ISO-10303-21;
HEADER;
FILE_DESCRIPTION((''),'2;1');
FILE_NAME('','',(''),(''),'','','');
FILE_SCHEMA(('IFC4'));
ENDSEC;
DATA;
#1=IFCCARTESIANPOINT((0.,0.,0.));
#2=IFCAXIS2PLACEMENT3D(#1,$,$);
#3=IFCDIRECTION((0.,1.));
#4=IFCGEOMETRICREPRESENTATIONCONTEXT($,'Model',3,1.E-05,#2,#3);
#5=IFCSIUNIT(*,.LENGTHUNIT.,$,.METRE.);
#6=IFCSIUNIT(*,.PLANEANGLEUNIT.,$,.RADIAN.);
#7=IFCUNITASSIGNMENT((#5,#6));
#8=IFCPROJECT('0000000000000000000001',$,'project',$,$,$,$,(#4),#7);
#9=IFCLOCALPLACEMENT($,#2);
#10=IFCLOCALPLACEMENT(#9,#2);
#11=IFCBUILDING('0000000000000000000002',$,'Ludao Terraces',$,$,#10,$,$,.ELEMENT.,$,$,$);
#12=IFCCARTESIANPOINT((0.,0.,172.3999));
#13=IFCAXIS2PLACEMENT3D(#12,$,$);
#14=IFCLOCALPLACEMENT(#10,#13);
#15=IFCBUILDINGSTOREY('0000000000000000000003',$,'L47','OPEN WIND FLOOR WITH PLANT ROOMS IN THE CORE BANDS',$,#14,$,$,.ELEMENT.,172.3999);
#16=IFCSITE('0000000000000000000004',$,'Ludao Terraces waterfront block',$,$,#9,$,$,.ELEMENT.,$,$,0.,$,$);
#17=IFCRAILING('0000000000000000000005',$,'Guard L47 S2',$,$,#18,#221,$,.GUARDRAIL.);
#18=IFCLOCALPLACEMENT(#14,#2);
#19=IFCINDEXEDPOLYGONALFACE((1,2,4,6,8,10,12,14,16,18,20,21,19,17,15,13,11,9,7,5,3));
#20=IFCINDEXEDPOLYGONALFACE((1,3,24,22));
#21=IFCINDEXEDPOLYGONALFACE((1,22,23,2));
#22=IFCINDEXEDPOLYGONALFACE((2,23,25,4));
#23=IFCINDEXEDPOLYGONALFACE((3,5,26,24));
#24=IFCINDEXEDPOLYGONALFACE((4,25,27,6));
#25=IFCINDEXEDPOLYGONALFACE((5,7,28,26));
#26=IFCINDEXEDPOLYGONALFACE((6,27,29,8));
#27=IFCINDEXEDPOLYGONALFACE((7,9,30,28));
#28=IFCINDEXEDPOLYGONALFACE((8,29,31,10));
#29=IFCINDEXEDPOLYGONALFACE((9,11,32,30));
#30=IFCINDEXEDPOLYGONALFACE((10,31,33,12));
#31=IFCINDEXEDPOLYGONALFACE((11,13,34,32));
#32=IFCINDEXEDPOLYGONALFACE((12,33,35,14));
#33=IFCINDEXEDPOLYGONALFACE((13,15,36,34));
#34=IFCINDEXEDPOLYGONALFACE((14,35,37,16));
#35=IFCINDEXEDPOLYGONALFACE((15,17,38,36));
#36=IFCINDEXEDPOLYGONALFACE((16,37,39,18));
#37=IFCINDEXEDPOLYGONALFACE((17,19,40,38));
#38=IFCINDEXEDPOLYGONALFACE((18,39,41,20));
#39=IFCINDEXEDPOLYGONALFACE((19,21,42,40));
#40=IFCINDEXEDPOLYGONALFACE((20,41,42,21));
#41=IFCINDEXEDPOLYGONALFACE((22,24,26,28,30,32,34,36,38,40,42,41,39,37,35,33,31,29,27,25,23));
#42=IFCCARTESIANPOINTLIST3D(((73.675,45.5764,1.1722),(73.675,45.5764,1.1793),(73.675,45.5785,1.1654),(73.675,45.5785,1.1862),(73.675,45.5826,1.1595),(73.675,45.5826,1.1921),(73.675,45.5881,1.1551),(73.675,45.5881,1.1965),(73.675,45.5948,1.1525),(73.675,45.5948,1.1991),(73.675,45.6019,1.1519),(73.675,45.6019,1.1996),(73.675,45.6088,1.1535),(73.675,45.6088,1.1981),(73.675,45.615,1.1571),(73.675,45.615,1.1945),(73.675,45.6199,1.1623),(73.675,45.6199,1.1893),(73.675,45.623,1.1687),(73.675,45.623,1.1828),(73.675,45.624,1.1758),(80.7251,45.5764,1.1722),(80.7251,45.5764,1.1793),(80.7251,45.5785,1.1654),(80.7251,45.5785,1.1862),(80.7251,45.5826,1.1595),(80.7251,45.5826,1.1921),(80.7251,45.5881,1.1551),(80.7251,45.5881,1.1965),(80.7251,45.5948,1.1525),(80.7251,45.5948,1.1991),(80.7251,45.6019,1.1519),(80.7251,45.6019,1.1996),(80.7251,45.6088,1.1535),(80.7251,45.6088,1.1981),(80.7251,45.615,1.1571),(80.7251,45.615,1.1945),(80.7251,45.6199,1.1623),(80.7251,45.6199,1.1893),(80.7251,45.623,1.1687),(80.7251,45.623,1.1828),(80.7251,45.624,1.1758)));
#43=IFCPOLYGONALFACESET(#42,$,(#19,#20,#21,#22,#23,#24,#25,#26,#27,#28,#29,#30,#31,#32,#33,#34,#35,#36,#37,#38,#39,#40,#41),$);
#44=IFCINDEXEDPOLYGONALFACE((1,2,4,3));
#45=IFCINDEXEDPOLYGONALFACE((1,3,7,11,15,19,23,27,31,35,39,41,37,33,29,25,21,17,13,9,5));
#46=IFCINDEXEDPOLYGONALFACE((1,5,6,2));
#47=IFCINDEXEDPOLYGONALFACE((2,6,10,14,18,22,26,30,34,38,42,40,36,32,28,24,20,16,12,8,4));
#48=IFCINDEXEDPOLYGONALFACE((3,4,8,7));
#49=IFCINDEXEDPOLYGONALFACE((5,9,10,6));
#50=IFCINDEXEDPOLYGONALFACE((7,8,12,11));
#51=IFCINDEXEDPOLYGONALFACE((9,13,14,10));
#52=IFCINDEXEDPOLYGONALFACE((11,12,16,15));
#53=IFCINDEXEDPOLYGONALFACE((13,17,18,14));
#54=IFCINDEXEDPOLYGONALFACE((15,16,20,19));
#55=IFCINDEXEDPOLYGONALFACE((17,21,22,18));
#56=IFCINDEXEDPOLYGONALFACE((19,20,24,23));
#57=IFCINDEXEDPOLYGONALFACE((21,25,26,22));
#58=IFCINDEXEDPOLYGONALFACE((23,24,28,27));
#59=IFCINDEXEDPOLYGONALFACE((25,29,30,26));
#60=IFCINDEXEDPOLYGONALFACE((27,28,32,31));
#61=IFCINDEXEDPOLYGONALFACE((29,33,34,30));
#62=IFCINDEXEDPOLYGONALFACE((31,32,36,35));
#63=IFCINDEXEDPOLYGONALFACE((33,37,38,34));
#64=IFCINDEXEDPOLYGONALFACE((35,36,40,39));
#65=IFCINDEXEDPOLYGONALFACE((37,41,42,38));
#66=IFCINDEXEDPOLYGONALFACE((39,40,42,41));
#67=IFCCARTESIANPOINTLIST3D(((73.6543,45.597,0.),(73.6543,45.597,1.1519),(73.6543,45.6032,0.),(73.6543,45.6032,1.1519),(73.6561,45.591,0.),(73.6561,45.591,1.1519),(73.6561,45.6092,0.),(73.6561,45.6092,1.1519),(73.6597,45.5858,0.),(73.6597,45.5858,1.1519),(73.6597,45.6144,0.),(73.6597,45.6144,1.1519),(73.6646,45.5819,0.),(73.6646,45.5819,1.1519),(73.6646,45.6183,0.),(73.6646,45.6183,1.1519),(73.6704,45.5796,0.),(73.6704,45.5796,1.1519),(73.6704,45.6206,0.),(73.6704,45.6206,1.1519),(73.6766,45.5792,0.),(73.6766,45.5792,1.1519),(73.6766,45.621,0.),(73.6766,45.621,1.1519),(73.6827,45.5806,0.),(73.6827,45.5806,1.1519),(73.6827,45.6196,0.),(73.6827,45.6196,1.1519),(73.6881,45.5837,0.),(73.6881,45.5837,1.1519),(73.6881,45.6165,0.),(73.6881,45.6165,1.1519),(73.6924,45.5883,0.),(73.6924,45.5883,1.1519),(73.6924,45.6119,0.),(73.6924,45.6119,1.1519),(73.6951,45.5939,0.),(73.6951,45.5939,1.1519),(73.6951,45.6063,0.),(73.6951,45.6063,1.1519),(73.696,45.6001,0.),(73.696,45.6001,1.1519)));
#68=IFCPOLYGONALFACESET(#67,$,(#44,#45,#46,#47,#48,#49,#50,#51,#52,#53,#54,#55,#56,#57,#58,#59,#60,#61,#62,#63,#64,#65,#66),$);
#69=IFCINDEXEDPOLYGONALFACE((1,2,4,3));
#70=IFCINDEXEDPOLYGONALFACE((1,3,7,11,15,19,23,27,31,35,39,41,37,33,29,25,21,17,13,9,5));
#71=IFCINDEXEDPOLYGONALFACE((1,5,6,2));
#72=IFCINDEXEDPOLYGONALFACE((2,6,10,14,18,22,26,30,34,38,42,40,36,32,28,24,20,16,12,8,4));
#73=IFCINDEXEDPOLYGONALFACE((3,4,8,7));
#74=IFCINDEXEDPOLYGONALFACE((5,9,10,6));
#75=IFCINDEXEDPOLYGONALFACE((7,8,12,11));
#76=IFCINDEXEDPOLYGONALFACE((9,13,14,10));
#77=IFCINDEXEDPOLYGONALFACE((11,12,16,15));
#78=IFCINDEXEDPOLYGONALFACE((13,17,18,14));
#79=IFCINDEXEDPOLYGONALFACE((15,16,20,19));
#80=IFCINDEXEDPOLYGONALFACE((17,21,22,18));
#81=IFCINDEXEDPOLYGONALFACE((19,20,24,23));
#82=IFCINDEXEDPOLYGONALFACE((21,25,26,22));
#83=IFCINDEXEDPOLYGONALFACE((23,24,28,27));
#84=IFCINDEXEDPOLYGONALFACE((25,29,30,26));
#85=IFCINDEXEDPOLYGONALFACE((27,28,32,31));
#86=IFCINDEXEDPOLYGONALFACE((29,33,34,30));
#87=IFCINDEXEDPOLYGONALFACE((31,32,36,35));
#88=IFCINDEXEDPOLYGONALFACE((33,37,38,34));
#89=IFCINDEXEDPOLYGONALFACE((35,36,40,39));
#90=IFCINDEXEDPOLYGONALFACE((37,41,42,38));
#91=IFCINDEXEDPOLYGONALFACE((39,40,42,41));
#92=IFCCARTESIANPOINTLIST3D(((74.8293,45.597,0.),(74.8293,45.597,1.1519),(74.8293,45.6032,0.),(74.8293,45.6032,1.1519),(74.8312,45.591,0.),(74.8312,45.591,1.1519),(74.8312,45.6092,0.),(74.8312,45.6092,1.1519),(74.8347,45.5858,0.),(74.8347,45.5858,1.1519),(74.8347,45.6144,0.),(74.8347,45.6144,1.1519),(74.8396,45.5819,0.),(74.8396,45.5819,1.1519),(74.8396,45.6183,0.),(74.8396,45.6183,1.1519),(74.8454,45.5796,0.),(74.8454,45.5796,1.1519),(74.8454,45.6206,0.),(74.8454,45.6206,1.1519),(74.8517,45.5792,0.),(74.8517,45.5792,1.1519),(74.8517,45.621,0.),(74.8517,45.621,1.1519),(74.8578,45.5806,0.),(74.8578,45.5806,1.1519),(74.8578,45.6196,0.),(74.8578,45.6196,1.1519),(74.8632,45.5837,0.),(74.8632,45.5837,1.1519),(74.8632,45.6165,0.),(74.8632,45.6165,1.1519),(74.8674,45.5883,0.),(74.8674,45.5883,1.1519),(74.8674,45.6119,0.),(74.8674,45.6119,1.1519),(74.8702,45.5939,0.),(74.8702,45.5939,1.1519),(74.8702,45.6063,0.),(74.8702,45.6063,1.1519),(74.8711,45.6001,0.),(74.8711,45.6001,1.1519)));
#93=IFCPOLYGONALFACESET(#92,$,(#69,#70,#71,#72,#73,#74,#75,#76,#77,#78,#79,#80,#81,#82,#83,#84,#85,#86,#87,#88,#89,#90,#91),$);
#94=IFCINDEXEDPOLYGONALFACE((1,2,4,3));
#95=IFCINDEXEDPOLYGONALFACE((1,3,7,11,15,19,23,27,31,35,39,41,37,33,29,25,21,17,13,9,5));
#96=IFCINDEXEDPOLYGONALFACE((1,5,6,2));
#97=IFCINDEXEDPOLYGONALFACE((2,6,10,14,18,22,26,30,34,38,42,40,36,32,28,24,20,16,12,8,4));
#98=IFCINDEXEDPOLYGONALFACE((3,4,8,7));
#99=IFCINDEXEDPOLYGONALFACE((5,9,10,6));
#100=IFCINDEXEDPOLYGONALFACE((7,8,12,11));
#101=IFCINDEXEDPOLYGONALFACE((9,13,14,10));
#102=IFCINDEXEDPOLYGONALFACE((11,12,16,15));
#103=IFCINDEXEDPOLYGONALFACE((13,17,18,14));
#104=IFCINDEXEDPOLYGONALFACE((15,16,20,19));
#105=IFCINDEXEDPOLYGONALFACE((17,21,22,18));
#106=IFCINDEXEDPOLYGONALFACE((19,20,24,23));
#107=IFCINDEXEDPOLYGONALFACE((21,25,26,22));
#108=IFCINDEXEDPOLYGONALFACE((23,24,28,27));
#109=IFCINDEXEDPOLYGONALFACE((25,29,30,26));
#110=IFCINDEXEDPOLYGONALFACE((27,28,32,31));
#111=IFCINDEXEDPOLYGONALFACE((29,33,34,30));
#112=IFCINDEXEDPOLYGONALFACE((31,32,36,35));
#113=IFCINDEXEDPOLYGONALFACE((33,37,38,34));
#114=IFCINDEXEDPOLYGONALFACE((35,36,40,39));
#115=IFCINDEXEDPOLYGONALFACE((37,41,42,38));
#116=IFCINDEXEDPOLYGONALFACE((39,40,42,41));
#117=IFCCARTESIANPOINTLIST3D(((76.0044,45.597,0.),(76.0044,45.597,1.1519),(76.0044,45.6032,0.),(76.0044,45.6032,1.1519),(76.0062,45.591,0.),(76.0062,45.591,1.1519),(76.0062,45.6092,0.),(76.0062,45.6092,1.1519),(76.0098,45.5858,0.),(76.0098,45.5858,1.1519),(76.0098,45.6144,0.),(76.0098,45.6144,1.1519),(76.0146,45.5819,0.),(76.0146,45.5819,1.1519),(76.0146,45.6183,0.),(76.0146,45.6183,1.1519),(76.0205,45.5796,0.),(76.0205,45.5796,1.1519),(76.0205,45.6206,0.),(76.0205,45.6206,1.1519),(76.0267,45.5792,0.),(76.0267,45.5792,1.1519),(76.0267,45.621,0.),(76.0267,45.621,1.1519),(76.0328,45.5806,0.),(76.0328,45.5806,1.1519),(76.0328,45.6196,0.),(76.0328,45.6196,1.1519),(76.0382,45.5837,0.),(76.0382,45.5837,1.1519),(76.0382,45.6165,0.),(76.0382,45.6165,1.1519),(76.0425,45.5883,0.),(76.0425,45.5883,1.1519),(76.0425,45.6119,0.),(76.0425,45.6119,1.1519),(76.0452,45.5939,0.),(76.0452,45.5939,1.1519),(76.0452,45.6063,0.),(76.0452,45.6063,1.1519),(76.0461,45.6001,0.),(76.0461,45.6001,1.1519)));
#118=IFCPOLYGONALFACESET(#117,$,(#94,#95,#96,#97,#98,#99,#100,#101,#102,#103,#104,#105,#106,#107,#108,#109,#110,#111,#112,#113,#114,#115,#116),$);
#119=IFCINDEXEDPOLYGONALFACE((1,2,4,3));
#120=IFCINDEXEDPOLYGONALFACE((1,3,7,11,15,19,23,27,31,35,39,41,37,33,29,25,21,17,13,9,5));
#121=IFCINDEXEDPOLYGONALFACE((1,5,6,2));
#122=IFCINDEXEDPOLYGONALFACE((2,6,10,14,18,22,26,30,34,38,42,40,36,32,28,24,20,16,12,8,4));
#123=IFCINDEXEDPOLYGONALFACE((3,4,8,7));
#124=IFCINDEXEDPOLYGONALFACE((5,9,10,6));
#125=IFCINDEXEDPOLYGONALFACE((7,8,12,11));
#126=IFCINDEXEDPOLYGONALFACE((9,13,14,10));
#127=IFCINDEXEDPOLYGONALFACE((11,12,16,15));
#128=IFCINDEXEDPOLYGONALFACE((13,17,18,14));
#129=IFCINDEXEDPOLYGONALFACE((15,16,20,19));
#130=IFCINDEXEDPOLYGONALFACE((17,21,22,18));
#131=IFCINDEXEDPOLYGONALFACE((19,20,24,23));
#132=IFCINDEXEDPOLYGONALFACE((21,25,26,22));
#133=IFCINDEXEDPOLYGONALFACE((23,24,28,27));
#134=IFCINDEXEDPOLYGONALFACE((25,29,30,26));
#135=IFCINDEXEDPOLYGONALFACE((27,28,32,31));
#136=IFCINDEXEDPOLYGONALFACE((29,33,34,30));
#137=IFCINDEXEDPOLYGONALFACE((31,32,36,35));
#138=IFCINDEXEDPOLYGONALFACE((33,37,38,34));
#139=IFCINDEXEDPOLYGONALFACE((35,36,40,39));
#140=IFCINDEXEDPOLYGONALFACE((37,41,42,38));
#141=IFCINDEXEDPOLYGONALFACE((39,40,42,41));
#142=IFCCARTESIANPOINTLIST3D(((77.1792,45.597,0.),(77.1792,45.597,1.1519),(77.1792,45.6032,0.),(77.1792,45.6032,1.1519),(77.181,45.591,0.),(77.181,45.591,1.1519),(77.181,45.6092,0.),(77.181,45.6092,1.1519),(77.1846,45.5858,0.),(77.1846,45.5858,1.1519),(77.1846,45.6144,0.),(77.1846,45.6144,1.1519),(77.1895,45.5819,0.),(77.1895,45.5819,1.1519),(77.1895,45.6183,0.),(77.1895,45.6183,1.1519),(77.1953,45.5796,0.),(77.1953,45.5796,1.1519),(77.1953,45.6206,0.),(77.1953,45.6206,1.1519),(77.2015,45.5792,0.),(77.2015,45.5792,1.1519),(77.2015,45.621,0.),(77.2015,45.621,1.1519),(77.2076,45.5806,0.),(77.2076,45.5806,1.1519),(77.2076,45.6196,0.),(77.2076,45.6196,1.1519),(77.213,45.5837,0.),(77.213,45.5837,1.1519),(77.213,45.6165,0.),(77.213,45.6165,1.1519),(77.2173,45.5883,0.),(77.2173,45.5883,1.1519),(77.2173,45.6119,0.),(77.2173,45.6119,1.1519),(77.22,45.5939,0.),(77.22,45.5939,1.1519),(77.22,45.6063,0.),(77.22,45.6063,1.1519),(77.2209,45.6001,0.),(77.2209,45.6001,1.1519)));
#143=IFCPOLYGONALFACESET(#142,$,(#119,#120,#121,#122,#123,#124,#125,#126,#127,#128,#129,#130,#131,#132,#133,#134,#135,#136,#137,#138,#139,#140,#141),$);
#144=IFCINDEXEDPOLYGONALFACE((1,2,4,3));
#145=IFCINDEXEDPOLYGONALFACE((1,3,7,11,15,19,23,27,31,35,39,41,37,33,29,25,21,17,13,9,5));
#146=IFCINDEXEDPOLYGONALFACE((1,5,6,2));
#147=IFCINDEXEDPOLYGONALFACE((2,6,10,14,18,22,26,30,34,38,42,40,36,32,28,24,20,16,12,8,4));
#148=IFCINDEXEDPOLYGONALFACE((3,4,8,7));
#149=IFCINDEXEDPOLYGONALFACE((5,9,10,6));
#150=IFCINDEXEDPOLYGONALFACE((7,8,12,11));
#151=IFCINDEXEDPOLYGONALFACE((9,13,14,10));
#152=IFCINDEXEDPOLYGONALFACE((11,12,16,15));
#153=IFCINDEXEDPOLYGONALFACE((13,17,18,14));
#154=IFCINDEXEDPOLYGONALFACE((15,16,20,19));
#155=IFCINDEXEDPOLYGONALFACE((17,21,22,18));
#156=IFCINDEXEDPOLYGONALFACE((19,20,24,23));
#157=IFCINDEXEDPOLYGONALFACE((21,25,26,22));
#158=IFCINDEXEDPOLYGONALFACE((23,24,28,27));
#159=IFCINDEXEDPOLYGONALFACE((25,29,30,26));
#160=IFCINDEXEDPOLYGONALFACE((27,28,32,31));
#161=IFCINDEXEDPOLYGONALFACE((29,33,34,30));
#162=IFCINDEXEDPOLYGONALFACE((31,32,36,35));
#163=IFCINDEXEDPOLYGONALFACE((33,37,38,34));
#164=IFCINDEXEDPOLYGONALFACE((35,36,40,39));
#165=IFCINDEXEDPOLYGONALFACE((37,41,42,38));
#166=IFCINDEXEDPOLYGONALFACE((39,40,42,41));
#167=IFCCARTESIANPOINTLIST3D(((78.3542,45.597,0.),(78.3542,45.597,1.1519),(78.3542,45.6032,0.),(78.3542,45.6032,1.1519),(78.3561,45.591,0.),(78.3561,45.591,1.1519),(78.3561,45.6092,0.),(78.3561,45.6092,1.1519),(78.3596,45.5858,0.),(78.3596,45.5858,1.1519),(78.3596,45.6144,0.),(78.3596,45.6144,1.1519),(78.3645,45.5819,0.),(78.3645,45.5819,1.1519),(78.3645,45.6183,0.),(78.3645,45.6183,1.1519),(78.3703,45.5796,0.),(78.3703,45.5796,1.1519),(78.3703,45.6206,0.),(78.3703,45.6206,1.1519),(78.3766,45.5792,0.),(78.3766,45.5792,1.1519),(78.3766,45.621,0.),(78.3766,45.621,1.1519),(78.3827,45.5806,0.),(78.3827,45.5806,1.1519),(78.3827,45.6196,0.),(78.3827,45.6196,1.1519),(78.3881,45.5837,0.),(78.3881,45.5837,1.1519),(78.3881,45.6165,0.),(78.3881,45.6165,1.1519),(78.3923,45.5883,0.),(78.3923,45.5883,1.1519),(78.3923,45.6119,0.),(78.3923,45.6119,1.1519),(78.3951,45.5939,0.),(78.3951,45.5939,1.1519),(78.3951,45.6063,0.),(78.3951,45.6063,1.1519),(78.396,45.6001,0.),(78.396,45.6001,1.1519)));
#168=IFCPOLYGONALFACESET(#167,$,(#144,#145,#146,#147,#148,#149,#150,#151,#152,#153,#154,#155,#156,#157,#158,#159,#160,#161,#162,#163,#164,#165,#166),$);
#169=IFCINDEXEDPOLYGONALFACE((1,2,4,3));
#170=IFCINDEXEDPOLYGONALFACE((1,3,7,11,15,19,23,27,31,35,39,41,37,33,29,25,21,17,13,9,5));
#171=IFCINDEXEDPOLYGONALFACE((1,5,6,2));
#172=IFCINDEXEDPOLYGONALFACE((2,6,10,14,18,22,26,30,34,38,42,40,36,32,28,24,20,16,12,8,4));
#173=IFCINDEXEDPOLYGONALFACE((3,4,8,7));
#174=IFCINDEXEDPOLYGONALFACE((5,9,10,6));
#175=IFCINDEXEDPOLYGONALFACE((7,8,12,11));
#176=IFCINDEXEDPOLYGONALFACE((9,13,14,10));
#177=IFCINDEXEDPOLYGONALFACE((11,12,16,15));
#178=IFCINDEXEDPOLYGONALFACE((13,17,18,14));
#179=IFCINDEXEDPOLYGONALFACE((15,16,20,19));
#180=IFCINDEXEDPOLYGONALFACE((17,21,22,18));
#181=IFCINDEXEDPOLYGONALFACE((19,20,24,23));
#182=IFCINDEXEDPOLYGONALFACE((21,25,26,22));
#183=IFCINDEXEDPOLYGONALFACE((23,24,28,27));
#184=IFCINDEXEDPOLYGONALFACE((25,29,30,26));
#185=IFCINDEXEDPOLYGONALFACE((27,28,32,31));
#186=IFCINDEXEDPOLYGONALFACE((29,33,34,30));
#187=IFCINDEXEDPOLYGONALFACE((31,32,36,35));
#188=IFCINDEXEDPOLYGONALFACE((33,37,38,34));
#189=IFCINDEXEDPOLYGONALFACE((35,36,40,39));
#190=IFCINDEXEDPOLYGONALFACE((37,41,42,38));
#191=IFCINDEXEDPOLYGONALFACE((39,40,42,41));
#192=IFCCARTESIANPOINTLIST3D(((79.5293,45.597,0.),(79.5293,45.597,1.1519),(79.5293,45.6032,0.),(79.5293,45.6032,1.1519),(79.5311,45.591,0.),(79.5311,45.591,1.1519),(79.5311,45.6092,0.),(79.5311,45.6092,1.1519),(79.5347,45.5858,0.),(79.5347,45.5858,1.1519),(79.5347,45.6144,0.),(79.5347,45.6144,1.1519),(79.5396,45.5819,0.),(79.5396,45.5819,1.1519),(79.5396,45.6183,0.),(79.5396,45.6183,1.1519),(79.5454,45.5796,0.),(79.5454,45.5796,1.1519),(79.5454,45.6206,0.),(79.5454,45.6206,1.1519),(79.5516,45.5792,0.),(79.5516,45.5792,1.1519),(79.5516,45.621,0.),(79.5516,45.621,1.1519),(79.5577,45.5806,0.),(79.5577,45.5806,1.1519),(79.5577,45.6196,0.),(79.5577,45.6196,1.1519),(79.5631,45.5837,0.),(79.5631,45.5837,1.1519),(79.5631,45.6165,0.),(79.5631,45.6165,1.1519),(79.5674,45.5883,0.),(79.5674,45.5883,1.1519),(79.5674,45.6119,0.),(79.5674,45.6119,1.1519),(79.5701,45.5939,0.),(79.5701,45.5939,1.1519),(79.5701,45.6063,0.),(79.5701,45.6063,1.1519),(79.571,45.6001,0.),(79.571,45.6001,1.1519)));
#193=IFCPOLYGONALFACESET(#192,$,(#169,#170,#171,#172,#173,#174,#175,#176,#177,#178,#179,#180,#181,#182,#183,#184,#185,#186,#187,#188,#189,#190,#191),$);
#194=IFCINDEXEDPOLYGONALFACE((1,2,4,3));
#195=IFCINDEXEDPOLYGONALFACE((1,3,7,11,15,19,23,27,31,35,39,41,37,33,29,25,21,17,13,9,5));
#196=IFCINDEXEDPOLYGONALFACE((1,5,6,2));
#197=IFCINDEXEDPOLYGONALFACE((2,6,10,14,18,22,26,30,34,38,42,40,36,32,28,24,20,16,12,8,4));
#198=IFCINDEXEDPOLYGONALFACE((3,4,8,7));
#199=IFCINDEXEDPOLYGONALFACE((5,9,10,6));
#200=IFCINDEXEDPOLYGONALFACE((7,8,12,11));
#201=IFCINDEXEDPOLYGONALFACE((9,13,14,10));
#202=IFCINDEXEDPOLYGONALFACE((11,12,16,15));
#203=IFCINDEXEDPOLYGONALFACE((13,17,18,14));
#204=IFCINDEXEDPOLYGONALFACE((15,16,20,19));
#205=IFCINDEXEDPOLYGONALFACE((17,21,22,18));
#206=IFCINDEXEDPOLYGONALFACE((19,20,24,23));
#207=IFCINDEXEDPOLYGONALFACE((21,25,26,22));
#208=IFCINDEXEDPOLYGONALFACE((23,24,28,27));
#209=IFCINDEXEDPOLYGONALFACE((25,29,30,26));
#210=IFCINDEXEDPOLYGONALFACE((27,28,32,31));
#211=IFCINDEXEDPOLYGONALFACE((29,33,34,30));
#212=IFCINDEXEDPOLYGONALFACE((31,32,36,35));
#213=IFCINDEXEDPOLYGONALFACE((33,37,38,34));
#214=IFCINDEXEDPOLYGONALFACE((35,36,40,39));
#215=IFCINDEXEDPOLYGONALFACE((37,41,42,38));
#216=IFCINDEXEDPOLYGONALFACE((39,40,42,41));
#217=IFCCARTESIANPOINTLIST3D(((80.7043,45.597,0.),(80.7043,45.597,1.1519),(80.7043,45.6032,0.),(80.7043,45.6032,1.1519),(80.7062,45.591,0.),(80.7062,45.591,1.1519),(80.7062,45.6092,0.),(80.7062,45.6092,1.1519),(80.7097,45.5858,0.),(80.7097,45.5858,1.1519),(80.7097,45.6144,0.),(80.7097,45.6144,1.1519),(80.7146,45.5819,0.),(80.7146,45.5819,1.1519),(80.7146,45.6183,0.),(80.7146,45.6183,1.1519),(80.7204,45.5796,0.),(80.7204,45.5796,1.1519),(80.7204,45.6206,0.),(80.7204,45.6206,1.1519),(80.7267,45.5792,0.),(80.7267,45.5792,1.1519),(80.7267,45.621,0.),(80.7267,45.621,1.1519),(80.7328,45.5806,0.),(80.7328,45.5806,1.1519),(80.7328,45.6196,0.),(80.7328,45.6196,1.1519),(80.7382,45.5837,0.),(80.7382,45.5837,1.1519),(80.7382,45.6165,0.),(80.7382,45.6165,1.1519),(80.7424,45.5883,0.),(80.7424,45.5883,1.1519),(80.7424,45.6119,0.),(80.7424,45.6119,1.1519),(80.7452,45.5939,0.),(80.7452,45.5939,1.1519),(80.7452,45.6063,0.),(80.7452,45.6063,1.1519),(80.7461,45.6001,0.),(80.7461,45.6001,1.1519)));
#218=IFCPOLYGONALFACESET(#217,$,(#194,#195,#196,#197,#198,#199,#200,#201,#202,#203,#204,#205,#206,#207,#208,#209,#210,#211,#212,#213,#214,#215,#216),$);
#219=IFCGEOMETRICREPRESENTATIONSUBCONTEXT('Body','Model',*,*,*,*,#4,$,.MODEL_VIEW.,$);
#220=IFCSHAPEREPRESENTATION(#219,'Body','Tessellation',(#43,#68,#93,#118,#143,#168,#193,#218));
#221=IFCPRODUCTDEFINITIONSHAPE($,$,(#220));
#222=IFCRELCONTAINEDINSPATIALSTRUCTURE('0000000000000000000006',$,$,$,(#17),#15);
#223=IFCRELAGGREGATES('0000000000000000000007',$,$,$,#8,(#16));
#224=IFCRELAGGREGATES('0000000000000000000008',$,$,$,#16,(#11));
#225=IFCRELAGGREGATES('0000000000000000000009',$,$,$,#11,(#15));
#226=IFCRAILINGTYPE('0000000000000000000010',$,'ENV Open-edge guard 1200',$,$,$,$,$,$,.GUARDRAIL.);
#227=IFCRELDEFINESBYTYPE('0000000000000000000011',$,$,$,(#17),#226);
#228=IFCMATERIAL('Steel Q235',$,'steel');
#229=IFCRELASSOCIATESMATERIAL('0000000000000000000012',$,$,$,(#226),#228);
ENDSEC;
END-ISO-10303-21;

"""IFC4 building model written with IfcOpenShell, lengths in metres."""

from ifc_helpers import new_model, si_unit, direction, frame, origin, origin_2d, place, context, subcontext, project, spatial, circle, extrude, material, type_object, element, save


model = new_model("IFC4")

# Units and contexts
model_context = context("Model", 3, precision=1e-05, world=origin(), true_north=direction((0.0, 1.0)))
body_context = subcontext(model_context, "Body", "Model", "MODEL_VIEW")
ifc_project = project(units=[si_unit("LENGTHUNIT", "METRE"), si_unit("PLANEANGLEUNIT", "RADIAN")], contexts=[model_context])

# Site, building, storey
site_placement = place(None, origin())
site = spatial("IfcSite", under=ifc_project, at=site_placement, Name="Ludao Terraces waterfront block", CompositionType="ELEMENT", RefElevation=0.0)
building_placement = place(site_placement, origin())
building = spatial("IfcBuilding", under=site, at=building_placement, Name="Ludao Terraces", CompositionType="ELEMENT")
storey_placement = place(building_placement, frame((0.0, 0.0, 172.3999)))
storey = spatial("IfcBuildingStorey", under=building, at=storey_placement, Name="L47", Description="OPEN WIND FLOOR WITH PLANT ROOMS IN THE CORE BANDS", CompositionType="ELEMENT", Elevation=172.3999)

# Shared definitions
ifc_material_1 = material(Name="Steel Q235", Category="steel")

# Railing
railing_type = type_object("IfcRailingType", Name="ENV Open-edge guard 1200", PredefinedType="GUARDRAIL", material=ifc_material_1)
railing_1_placement = place(storey_placement, frame((73.675, 45.6001, 0.0)))
element("IfcRailing", 1, at=railing_1_placement, inside=storey, type_object=railing_type, Name="Guard L47 S2", PredefinedType="GUARDRAIL", context=body_context, shape_type="SweptSolid", body=[
    extrude(circle(Radius=0.0239, at=origin_2d()), frame((0.0, 0.0, 1.1758), z_axis=(1.0, 0.0, 0.0), x_axis=(0.0, 1.0, 0.0)), (0.0, 0.0, 1.0), 7.05),
    extrude(circle(Radius=0.021, at=origin_2d()), origin(), (0.0, 0.0, 1.0), 1.1519),
    extrude(circle(Radius=0.021, at=origin_2d()), frame((1.175, 0.0, 0.0)), (0.0, 0.0, 1.0), 1.1519),
    extrude(circle(Radius=0.021, at=origin_2d()), frame((2.3501, 0.0, 0.0)), (0.0, 0.0, 1.0), 1.1519),
    extrude(circle(Radius=0.021, at=origin_2d()), frame((3.5249, 0.0, 0.0)), (0.0, 0.0, 1.0), 1.1519),
    extrude(circle(Radius=0.021, at=origin_2d()), frame((4.7, 0.0, 0.0)), (0.0, 0.0, 1.0), 1.1519),
    extrude(circle(Radius=0.021, at=origin_2d()), frame((5.875, 0.0, 0.0)), (0.0, 0.0, 1.0), 1.1519),
    extrude(circle(Radius=0.021, at=origin_2d()), frame((7.05, 0.0, 0.0)), (0.0, 0.0, 1.0), 1.1519),
])

save(model, "model.ifc")
